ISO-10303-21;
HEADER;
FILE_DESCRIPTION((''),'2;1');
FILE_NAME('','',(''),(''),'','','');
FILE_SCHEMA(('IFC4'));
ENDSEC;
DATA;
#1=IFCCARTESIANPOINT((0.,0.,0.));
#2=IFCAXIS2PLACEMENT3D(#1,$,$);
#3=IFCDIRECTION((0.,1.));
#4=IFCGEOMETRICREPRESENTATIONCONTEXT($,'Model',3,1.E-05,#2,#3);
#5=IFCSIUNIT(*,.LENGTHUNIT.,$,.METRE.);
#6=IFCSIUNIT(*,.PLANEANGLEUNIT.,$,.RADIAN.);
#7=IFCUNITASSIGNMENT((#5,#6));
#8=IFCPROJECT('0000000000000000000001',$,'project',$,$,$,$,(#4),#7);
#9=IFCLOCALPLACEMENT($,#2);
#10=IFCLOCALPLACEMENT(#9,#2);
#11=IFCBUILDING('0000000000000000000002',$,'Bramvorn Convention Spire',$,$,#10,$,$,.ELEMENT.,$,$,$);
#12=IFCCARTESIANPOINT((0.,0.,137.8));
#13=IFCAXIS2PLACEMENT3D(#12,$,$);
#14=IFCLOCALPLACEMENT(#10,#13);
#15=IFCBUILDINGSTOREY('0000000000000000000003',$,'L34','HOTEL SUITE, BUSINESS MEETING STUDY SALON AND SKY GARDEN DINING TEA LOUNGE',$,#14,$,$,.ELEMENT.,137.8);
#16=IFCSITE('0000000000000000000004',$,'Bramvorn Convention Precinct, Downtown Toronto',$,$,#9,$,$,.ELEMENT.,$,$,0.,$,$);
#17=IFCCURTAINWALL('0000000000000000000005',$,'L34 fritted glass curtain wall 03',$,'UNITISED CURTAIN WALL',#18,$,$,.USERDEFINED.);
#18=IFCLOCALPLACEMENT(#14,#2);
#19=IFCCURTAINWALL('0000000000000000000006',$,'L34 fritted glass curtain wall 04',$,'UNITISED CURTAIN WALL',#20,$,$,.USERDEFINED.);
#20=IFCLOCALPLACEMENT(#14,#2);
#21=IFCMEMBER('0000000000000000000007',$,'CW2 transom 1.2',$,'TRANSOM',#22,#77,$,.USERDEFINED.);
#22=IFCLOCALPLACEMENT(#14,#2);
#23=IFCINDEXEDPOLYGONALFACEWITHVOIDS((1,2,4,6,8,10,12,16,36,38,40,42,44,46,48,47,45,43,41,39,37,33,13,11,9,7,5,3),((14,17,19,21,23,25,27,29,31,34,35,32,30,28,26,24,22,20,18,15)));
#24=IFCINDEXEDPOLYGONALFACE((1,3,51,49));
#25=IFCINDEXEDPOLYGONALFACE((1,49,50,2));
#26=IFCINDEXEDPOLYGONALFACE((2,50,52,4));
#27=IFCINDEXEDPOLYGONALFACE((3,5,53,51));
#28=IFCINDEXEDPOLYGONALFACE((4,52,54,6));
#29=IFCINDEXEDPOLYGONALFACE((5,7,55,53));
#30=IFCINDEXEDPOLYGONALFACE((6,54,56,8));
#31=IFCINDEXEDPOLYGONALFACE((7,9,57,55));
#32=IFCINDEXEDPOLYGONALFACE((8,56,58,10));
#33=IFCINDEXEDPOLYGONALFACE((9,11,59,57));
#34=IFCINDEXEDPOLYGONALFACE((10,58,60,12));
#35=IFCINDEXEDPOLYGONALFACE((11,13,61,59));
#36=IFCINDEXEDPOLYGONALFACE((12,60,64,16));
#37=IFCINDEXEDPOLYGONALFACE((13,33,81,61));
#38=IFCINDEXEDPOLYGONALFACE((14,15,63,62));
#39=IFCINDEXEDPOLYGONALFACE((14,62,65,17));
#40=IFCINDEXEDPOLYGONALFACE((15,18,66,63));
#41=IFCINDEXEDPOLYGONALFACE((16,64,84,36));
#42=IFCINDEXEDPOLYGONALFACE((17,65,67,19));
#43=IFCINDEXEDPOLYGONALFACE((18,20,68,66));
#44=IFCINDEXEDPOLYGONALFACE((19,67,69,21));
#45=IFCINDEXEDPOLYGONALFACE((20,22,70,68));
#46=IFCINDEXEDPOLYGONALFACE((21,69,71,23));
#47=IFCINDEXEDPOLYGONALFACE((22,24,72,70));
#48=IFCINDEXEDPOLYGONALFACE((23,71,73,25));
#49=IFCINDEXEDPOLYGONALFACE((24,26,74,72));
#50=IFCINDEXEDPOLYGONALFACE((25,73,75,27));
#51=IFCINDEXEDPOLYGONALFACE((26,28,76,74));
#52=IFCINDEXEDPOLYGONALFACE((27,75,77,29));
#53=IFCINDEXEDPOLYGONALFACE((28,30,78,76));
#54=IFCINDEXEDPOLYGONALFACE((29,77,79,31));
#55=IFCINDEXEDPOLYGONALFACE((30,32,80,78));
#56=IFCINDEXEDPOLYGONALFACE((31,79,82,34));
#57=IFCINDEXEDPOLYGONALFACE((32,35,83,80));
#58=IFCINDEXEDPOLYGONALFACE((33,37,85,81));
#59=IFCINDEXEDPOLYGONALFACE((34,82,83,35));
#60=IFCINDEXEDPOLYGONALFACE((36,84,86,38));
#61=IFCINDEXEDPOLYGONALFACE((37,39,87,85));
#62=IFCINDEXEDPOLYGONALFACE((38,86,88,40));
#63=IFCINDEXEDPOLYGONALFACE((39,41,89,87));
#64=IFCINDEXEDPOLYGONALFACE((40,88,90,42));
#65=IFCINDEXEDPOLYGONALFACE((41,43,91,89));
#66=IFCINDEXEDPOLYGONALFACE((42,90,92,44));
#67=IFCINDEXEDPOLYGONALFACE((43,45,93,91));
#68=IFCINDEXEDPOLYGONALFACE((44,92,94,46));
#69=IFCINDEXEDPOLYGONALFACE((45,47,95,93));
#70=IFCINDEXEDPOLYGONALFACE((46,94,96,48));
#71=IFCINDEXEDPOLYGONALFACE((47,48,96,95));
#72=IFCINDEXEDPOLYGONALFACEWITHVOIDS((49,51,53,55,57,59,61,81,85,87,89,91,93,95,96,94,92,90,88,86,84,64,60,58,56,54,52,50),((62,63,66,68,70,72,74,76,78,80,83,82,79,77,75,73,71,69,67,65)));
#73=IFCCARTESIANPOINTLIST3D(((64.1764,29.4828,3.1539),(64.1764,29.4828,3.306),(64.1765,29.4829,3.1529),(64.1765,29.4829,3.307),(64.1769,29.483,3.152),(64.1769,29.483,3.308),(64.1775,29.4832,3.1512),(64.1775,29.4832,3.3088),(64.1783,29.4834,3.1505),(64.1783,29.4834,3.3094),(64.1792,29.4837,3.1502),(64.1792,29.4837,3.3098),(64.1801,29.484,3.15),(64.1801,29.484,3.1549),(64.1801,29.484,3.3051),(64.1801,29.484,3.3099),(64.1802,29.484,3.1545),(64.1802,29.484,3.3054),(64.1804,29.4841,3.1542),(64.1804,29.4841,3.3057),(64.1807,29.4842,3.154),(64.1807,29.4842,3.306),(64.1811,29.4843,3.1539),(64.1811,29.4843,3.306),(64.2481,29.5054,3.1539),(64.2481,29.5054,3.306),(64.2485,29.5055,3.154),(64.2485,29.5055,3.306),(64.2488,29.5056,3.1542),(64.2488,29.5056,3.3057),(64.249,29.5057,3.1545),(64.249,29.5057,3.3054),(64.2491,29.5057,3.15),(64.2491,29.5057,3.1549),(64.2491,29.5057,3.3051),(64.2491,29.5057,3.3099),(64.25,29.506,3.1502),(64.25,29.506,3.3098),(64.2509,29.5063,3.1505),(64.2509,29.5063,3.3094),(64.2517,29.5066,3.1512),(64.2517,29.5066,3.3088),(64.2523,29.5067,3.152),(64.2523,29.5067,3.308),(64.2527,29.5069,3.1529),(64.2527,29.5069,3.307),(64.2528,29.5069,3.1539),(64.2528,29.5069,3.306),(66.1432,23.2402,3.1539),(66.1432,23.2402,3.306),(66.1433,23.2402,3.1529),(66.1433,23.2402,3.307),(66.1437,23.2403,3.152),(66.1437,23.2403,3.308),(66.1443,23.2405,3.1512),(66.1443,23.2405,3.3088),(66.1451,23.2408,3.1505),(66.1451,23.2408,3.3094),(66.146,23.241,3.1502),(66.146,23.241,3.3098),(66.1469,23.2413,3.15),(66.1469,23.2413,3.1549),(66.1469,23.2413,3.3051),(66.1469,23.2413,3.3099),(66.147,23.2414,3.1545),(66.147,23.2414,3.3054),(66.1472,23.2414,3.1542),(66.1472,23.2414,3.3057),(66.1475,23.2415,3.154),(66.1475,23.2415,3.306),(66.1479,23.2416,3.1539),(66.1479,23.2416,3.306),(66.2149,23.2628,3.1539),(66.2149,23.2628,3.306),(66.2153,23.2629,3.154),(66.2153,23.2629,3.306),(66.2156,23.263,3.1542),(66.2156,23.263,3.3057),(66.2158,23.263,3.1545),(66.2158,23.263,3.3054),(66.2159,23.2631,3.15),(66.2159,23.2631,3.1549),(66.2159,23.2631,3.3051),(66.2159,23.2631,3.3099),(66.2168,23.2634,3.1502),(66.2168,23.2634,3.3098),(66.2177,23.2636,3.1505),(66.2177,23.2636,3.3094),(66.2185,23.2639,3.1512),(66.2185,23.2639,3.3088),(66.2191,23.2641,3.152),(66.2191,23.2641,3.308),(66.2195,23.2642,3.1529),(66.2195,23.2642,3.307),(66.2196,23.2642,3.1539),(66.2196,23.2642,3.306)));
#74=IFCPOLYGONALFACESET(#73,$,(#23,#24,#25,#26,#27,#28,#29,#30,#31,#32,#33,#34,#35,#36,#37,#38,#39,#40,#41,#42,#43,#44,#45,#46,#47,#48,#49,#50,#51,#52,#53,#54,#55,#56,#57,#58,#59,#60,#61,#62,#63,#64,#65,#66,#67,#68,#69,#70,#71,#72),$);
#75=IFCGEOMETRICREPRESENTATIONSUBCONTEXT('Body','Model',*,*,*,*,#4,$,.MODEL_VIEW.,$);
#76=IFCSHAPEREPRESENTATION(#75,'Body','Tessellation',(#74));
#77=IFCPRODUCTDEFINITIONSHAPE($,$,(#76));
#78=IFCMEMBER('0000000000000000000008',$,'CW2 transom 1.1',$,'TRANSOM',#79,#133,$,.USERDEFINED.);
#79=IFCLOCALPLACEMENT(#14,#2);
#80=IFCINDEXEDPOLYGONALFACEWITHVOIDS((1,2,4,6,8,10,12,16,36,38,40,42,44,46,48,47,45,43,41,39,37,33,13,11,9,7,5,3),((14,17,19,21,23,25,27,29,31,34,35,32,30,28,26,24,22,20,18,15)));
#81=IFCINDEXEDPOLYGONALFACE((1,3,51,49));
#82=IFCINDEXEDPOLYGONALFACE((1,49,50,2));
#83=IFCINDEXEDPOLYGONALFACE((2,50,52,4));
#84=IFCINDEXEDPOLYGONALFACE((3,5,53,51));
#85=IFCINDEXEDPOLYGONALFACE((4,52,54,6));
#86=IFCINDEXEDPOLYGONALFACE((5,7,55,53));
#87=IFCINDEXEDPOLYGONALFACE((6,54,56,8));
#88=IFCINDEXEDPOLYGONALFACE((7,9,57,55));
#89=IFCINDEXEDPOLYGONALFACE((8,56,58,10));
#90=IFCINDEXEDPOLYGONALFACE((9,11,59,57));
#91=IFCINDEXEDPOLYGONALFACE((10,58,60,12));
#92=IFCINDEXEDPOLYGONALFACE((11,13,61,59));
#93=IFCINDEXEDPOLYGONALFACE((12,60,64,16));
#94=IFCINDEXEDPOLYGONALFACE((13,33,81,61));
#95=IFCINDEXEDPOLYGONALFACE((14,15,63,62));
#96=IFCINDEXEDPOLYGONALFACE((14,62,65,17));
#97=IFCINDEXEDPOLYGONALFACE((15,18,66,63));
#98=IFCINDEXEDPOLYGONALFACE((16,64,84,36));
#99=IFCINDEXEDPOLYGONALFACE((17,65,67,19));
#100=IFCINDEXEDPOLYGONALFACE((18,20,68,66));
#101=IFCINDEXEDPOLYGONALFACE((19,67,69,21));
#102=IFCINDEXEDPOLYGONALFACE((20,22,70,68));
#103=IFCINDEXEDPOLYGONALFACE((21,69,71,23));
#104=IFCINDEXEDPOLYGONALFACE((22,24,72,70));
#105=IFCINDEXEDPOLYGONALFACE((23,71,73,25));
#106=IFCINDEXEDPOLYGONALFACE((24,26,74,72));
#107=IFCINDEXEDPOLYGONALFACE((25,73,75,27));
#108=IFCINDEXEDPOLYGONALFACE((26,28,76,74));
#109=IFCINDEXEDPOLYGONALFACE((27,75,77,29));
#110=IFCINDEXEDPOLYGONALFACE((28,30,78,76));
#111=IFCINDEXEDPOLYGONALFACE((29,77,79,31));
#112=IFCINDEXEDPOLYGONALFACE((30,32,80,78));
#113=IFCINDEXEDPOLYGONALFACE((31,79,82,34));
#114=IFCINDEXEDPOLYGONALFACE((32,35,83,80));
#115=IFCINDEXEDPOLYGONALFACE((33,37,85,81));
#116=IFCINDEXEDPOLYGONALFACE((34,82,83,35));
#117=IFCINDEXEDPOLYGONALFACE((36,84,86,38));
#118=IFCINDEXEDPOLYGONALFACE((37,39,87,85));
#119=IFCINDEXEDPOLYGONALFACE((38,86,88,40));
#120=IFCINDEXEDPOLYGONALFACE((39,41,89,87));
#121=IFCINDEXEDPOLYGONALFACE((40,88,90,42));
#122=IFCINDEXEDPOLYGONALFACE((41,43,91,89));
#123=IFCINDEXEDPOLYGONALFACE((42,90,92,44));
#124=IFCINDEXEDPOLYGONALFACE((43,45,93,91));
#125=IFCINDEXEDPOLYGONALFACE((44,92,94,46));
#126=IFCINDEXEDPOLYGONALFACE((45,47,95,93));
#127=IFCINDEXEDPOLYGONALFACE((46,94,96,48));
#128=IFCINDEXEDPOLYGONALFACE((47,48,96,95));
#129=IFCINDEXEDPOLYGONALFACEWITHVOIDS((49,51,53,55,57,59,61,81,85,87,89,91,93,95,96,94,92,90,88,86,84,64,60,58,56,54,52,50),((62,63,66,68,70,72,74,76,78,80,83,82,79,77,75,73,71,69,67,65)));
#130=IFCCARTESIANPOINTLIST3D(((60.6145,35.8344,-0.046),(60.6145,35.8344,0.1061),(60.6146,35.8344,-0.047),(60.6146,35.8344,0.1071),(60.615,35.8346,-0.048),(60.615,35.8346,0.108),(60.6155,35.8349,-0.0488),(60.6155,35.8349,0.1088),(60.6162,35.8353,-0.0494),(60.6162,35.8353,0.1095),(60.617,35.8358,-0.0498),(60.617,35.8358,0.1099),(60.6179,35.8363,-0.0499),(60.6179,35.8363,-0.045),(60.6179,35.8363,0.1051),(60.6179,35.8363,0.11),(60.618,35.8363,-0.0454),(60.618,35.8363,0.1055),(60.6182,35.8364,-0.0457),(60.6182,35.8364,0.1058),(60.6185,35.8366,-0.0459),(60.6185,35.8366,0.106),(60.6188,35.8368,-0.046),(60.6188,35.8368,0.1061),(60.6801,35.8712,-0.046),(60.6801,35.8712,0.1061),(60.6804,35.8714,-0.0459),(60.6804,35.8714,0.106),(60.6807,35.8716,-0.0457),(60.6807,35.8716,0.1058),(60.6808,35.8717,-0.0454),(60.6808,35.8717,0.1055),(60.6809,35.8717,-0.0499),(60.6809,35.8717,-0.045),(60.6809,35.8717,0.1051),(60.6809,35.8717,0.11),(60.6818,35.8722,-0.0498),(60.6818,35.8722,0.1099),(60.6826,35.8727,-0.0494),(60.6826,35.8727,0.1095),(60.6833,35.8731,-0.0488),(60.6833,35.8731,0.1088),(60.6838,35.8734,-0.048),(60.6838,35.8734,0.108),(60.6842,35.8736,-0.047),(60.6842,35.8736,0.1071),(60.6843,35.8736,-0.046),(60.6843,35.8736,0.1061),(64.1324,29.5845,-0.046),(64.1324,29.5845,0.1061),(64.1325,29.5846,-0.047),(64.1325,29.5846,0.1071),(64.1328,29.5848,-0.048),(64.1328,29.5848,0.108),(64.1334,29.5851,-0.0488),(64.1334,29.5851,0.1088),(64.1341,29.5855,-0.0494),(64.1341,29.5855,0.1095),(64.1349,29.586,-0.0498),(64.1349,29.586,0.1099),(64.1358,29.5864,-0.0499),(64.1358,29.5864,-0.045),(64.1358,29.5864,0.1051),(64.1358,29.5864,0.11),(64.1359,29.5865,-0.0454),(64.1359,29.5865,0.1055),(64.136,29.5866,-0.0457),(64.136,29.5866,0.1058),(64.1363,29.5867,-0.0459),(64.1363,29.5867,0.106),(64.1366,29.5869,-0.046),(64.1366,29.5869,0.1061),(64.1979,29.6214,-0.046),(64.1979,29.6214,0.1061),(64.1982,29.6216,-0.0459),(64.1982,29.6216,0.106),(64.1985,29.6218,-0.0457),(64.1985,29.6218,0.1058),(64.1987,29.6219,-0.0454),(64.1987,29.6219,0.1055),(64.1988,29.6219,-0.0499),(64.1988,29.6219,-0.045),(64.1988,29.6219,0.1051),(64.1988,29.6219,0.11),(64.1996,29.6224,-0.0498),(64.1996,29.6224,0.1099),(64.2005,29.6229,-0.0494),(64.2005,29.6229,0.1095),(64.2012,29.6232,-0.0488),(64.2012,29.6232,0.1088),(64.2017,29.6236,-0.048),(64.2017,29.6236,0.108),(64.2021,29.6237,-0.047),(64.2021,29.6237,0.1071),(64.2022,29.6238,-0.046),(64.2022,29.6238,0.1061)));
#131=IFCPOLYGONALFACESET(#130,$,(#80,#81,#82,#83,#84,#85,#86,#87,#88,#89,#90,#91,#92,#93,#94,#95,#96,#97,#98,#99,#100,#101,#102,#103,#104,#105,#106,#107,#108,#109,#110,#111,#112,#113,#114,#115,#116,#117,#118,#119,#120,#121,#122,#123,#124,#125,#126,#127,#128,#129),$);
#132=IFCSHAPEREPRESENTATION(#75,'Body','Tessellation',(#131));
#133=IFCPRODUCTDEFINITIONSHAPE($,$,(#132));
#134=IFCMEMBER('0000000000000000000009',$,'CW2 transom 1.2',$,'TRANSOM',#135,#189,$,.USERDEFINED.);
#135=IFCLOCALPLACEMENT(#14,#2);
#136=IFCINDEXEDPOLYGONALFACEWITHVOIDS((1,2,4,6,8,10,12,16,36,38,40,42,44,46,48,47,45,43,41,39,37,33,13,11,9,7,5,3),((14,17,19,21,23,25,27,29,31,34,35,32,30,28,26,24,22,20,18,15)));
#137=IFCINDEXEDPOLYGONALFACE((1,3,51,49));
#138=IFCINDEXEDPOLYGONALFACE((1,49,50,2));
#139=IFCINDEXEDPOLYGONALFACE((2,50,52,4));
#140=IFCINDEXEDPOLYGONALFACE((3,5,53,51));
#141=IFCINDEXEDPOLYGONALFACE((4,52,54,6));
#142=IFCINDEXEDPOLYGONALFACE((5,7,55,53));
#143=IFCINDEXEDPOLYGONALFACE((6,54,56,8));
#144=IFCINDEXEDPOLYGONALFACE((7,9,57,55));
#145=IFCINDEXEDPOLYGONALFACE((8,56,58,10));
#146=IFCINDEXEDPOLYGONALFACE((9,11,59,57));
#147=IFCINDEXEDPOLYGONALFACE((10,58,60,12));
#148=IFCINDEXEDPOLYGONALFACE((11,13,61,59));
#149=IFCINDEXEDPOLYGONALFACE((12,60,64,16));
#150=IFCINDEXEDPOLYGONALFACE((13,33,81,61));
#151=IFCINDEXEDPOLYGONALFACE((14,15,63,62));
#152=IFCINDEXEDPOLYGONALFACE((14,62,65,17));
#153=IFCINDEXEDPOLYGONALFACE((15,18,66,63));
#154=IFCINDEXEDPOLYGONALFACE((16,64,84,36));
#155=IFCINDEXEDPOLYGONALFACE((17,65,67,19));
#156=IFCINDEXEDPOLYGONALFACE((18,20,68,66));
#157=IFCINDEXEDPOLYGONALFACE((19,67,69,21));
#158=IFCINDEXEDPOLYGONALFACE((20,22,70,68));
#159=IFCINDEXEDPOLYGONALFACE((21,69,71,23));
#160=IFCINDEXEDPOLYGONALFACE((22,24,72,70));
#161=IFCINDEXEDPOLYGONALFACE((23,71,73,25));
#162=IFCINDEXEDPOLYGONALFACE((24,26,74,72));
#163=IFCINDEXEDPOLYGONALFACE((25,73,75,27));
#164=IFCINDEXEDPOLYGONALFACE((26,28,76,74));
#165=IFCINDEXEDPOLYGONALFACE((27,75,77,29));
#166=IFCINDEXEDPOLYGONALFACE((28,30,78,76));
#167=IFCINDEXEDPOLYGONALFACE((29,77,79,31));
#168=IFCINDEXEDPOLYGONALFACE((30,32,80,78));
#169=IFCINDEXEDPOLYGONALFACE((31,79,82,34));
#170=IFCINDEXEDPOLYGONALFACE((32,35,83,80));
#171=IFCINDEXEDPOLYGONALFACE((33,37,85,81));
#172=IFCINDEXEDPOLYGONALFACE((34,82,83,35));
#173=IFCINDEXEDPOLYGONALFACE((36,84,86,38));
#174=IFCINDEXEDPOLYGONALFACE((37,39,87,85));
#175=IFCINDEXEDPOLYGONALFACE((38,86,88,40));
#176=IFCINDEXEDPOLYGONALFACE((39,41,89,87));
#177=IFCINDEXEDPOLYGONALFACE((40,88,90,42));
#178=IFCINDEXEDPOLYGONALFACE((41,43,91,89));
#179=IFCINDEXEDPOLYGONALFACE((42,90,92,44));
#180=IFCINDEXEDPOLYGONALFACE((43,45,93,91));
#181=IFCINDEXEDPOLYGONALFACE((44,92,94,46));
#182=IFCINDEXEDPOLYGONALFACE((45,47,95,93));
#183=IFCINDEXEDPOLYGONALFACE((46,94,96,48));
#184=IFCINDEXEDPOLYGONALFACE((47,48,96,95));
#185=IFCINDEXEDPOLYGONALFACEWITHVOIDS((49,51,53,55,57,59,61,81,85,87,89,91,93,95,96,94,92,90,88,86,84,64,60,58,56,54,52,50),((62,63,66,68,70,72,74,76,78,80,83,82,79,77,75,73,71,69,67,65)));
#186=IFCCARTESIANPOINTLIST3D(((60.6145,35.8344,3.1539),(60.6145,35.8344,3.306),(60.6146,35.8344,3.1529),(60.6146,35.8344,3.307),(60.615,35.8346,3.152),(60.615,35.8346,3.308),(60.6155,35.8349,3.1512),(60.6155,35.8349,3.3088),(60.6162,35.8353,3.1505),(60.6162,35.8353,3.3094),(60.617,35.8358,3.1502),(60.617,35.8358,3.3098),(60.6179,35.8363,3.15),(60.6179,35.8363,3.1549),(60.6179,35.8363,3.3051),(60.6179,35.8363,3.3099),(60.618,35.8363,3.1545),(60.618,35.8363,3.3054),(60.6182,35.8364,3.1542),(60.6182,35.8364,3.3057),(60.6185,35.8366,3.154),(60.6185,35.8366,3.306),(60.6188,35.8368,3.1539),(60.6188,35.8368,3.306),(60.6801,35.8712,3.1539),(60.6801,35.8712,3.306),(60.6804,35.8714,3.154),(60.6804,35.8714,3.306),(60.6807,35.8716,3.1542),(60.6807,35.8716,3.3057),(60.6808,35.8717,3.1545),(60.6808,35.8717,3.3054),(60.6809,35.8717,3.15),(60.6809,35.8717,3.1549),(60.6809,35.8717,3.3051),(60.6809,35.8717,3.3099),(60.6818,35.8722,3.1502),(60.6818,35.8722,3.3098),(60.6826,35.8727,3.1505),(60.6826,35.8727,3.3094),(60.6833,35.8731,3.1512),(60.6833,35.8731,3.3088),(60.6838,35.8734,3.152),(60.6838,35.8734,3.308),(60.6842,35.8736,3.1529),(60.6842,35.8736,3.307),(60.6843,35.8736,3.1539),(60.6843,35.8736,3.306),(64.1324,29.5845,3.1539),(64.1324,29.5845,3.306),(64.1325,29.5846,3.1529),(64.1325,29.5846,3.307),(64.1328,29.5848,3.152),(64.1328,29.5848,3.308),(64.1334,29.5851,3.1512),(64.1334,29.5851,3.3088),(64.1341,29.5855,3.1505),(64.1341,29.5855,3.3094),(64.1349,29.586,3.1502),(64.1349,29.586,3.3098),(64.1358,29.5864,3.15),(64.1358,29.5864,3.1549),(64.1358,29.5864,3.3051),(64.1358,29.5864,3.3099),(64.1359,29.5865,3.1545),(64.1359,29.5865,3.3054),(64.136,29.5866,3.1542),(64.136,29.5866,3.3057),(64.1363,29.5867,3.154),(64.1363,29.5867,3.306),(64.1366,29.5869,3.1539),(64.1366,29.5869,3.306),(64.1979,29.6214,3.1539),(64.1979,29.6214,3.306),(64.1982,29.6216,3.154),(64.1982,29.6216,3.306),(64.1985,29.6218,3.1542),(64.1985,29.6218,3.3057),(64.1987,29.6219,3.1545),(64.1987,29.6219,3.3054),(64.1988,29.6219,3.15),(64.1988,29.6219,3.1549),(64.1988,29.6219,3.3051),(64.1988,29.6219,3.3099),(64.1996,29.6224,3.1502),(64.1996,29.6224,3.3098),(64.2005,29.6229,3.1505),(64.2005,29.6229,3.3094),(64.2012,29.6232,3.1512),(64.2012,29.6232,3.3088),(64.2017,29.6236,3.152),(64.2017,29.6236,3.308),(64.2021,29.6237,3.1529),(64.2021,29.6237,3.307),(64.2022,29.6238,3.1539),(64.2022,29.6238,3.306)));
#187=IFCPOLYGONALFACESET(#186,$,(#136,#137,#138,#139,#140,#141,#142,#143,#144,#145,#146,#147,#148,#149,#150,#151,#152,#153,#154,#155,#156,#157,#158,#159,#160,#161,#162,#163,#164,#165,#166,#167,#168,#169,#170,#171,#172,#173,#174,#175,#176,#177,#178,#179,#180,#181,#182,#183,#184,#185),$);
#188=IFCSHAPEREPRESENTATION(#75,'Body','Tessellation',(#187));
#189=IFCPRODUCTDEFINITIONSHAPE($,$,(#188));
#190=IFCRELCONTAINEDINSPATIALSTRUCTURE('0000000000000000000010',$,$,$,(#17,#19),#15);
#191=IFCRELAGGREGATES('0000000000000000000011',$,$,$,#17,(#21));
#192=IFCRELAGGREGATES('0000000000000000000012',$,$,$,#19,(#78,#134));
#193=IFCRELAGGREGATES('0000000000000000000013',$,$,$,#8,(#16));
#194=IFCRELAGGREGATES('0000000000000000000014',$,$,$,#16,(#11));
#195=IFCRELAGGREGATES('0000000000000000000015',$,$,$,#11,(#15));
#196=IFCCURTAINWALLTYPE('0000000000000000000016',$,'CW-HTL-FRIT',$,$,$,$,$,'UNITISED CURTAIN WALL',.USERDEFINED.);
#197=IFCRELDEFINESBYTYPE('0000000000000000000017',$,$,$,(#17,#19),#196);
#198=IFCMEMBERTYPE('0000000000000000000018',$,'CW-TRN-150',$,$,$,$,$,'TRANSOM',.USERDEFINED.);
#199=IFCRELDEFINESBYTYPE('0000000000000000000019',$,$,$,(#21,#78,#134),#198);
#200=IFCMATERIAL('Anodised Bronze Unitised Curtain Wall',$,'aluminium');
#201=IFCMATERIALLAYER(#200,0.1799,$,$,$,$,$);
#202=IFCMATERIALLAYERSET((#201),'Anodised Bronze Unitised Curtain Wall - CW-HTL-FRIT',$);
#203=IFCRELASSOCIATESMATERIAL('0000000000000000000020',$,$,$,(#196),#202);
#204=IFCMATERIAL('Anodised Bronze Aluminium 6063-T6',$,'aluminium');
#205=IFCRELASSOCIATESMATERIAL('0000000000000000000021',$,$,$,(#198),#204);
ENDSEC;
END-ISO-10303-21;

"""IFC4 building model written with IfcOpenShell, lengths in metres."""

from ifc_helpers import new_model, si_unit, direction, frame, origin, origin_2d, place, context, subcontext, project, spatial, hollow_rectangle, extrude, material, layer, layer_set, material_profile, profile_set, type_object, element, aggregate, save


model = new_model("IFC4")

# Units and contexts
model_context = context("Model", 3, precision=1e-05, world=origin(), true_north=direction((0.0, 1.0)))
body_context = subcontext(model_context, "Body", "Model", "MODEL_VIEW")
ifc_project = project(units=[si_unit("LENGTHUNIT", "METRE"), si_unit("PLANEANGLEUNIT", "RADIAN")], contexts=[model_context])

# Site, building, storey
site_placement = place(None, origin())
site = spatial("IfcSite", under=ifc_project, at=site_placement, Name="Bramvorn Convention Precinct, Downtown Toronto", CompositionType="ELEMENT", RefElevation=0.0)
building_placement = place(site_placement, origin())
building = spatial("IfcBuilding", under=site, at=building_placement, Name="Bramvorn Convention Spire", CompositionType="ELEMENT")
storey_placement = place(building_placement, frame((0.0, 0.0, 137.8)))
storey = spatial("IfcBuildingStorey", under=building, at=storey_placement, Name="L34", Description="HOTEL SUITE, BUSINESS MEETING STUDY SALON AND SKY GARDEN DINING TEA LOUNGE", CompositionType="ELEMENT", Elevation=137.8)

# Curtain wall
ifc_material_1 = material(Name="Anodised Bronze Unitised Curtain Wall", Category="aluminium")
ifc_layer_1 = layer(ifc_material_1, 0.1799)
ifc_layer_set_1 = layer_set([ifc_layer_1], Name="Anodised Bronze Unitised Curtain Wall - CW-HTL-FRIT")
curtain_wall_type = type_object("IfcCurtainWallType", Name="CW-HTL-FRIT", ElementType="UNITISED CURTAIN WALL", PredefinedType="USERDEFINED", material=ifc_layer_set_1)
curtain_wall_1_placement = place(storey_placement, origin())
curtain_wall_1 = element("IfcCurtainWall", 1, at=curtain_wall_1_placement, inside=storey, type_object=curtain_wall_type, Name="L34 fritted glass curtain wall 03", ObjectType="UNITISED CURTAIN WALL", PredefinedType="USERDEFINED")
ifc_material_2 = material(Name="Anodised Bronze Aluminium 6063-T6", Category="aluminium")

# Curtain wall
curtain_wall_2_placement = place(storey_placement, origin())
curtain_wall_2 = element("IfcCurtainWall", 2, at=curtain_wall_2_placement, inside=storey, type_object=curtain_wall_type, Name="L34 fritted glass curtain wall 04", ObjectType="UNITISED CURTAIN WALL", PredefinedType="USERDEFINED")

# Members
ifc_material_profile_1 = material_profile(ifc_material_2, hollow_rectangle(XDim=0.0801, YDim=0.1599, WallThickness=0.0039, InnerFilletRadius=0.001, OuterFilletRadius=0.0039, at=origin_2d()))
ifc_profile_set_1 = profile_set([ifc_material_profile_1], Name="Anodised Bronze Aluminium 6063-T6 - CWT80X160")
member_type_1 = type_object("IfcMemberType", Name="CW-TRN-150", ElementType="TRANSOM", PredefinedType="USERDEFINED", material=ifc_profile_set_1)
member_1_placement = place(storey_placement, frame((64.2146, 29.4949, 3.23), z_axis=(0.300496, -0.953783, 0.0), x_axis=(0.953783, 0.300496, 0.0)))
member_1 = element("IfcMember", 3, at=member_1_placement, type_object=member_type_1, Name="CW2 transom 1.2", ObjectType="TRANSOM", PredefinedType="USERDEFINED", context=body_context, shape_type="SweptSolid", body=[
    extrude(hollow_rectangle(XDim=0.0801, YDim=0.1599, WallThickness=0.0039, InnerFilletRadius=0.001, OuterFilletRadius=0.0039, at=origin_2d()), origin(), (0.0, 0.0, 1.0), 6.5452),
])
aggregate(curtain_wall_1, [member_1])
member_2_placement = place(storey_placement, frame((60.6494, 35.854, 0.03), z_axis=(0.490509, -0.871436, 0.0), x_axis=(0.871436, 0.490509, 0.0)))
member_2 = element("IfcMember", 4, at=member_2_placement, type_object=member_type_1, Name="CW2 transom 1.1", ObjectType="TRANSOM", PredefinedType="USERDEFINED", context=body_context, shape_type="SweptSolid", body=[
    extrude(hollow_rectangle(XDim=0.0801, YDim=0.1599, WallThickness=0.0039, InnerFilletRadius=0.001, OuterFilletRadius=0.0039, at=origin_2d()), origin(), (0.0, 0.0, 1.0), 7.1719),
])
member_3_placement = place(storey_placement, frame((60.6494, 35.854, 3.23), z_axis=(0.490509, -0.871436, 0.0), x_axis=(0.871436, 0.490509, 0.0)))
member_3 = element("IfcMember", 5, at=member_3_placement, type_object=member_type_1, Name="CW2 transom 1.2", ObjectType="TRANSOM", PredefinedType="USERDEFINED", context=body_context, shape_type="SweptSolid", body=[
    extrude(hollow_rectangle(XDim=0.0801, YDim=0.1599, WallThickness=0.0039, InnerFilletRadius=0.001, OuterFilletRadius=0.0039, at=origin_2d()), origin(), (0.0, 0.0, 1.0), 7.1719),
])

aggregate(curtain_wall_2, [member_2, member_3])

save(model, "model.ifc")
